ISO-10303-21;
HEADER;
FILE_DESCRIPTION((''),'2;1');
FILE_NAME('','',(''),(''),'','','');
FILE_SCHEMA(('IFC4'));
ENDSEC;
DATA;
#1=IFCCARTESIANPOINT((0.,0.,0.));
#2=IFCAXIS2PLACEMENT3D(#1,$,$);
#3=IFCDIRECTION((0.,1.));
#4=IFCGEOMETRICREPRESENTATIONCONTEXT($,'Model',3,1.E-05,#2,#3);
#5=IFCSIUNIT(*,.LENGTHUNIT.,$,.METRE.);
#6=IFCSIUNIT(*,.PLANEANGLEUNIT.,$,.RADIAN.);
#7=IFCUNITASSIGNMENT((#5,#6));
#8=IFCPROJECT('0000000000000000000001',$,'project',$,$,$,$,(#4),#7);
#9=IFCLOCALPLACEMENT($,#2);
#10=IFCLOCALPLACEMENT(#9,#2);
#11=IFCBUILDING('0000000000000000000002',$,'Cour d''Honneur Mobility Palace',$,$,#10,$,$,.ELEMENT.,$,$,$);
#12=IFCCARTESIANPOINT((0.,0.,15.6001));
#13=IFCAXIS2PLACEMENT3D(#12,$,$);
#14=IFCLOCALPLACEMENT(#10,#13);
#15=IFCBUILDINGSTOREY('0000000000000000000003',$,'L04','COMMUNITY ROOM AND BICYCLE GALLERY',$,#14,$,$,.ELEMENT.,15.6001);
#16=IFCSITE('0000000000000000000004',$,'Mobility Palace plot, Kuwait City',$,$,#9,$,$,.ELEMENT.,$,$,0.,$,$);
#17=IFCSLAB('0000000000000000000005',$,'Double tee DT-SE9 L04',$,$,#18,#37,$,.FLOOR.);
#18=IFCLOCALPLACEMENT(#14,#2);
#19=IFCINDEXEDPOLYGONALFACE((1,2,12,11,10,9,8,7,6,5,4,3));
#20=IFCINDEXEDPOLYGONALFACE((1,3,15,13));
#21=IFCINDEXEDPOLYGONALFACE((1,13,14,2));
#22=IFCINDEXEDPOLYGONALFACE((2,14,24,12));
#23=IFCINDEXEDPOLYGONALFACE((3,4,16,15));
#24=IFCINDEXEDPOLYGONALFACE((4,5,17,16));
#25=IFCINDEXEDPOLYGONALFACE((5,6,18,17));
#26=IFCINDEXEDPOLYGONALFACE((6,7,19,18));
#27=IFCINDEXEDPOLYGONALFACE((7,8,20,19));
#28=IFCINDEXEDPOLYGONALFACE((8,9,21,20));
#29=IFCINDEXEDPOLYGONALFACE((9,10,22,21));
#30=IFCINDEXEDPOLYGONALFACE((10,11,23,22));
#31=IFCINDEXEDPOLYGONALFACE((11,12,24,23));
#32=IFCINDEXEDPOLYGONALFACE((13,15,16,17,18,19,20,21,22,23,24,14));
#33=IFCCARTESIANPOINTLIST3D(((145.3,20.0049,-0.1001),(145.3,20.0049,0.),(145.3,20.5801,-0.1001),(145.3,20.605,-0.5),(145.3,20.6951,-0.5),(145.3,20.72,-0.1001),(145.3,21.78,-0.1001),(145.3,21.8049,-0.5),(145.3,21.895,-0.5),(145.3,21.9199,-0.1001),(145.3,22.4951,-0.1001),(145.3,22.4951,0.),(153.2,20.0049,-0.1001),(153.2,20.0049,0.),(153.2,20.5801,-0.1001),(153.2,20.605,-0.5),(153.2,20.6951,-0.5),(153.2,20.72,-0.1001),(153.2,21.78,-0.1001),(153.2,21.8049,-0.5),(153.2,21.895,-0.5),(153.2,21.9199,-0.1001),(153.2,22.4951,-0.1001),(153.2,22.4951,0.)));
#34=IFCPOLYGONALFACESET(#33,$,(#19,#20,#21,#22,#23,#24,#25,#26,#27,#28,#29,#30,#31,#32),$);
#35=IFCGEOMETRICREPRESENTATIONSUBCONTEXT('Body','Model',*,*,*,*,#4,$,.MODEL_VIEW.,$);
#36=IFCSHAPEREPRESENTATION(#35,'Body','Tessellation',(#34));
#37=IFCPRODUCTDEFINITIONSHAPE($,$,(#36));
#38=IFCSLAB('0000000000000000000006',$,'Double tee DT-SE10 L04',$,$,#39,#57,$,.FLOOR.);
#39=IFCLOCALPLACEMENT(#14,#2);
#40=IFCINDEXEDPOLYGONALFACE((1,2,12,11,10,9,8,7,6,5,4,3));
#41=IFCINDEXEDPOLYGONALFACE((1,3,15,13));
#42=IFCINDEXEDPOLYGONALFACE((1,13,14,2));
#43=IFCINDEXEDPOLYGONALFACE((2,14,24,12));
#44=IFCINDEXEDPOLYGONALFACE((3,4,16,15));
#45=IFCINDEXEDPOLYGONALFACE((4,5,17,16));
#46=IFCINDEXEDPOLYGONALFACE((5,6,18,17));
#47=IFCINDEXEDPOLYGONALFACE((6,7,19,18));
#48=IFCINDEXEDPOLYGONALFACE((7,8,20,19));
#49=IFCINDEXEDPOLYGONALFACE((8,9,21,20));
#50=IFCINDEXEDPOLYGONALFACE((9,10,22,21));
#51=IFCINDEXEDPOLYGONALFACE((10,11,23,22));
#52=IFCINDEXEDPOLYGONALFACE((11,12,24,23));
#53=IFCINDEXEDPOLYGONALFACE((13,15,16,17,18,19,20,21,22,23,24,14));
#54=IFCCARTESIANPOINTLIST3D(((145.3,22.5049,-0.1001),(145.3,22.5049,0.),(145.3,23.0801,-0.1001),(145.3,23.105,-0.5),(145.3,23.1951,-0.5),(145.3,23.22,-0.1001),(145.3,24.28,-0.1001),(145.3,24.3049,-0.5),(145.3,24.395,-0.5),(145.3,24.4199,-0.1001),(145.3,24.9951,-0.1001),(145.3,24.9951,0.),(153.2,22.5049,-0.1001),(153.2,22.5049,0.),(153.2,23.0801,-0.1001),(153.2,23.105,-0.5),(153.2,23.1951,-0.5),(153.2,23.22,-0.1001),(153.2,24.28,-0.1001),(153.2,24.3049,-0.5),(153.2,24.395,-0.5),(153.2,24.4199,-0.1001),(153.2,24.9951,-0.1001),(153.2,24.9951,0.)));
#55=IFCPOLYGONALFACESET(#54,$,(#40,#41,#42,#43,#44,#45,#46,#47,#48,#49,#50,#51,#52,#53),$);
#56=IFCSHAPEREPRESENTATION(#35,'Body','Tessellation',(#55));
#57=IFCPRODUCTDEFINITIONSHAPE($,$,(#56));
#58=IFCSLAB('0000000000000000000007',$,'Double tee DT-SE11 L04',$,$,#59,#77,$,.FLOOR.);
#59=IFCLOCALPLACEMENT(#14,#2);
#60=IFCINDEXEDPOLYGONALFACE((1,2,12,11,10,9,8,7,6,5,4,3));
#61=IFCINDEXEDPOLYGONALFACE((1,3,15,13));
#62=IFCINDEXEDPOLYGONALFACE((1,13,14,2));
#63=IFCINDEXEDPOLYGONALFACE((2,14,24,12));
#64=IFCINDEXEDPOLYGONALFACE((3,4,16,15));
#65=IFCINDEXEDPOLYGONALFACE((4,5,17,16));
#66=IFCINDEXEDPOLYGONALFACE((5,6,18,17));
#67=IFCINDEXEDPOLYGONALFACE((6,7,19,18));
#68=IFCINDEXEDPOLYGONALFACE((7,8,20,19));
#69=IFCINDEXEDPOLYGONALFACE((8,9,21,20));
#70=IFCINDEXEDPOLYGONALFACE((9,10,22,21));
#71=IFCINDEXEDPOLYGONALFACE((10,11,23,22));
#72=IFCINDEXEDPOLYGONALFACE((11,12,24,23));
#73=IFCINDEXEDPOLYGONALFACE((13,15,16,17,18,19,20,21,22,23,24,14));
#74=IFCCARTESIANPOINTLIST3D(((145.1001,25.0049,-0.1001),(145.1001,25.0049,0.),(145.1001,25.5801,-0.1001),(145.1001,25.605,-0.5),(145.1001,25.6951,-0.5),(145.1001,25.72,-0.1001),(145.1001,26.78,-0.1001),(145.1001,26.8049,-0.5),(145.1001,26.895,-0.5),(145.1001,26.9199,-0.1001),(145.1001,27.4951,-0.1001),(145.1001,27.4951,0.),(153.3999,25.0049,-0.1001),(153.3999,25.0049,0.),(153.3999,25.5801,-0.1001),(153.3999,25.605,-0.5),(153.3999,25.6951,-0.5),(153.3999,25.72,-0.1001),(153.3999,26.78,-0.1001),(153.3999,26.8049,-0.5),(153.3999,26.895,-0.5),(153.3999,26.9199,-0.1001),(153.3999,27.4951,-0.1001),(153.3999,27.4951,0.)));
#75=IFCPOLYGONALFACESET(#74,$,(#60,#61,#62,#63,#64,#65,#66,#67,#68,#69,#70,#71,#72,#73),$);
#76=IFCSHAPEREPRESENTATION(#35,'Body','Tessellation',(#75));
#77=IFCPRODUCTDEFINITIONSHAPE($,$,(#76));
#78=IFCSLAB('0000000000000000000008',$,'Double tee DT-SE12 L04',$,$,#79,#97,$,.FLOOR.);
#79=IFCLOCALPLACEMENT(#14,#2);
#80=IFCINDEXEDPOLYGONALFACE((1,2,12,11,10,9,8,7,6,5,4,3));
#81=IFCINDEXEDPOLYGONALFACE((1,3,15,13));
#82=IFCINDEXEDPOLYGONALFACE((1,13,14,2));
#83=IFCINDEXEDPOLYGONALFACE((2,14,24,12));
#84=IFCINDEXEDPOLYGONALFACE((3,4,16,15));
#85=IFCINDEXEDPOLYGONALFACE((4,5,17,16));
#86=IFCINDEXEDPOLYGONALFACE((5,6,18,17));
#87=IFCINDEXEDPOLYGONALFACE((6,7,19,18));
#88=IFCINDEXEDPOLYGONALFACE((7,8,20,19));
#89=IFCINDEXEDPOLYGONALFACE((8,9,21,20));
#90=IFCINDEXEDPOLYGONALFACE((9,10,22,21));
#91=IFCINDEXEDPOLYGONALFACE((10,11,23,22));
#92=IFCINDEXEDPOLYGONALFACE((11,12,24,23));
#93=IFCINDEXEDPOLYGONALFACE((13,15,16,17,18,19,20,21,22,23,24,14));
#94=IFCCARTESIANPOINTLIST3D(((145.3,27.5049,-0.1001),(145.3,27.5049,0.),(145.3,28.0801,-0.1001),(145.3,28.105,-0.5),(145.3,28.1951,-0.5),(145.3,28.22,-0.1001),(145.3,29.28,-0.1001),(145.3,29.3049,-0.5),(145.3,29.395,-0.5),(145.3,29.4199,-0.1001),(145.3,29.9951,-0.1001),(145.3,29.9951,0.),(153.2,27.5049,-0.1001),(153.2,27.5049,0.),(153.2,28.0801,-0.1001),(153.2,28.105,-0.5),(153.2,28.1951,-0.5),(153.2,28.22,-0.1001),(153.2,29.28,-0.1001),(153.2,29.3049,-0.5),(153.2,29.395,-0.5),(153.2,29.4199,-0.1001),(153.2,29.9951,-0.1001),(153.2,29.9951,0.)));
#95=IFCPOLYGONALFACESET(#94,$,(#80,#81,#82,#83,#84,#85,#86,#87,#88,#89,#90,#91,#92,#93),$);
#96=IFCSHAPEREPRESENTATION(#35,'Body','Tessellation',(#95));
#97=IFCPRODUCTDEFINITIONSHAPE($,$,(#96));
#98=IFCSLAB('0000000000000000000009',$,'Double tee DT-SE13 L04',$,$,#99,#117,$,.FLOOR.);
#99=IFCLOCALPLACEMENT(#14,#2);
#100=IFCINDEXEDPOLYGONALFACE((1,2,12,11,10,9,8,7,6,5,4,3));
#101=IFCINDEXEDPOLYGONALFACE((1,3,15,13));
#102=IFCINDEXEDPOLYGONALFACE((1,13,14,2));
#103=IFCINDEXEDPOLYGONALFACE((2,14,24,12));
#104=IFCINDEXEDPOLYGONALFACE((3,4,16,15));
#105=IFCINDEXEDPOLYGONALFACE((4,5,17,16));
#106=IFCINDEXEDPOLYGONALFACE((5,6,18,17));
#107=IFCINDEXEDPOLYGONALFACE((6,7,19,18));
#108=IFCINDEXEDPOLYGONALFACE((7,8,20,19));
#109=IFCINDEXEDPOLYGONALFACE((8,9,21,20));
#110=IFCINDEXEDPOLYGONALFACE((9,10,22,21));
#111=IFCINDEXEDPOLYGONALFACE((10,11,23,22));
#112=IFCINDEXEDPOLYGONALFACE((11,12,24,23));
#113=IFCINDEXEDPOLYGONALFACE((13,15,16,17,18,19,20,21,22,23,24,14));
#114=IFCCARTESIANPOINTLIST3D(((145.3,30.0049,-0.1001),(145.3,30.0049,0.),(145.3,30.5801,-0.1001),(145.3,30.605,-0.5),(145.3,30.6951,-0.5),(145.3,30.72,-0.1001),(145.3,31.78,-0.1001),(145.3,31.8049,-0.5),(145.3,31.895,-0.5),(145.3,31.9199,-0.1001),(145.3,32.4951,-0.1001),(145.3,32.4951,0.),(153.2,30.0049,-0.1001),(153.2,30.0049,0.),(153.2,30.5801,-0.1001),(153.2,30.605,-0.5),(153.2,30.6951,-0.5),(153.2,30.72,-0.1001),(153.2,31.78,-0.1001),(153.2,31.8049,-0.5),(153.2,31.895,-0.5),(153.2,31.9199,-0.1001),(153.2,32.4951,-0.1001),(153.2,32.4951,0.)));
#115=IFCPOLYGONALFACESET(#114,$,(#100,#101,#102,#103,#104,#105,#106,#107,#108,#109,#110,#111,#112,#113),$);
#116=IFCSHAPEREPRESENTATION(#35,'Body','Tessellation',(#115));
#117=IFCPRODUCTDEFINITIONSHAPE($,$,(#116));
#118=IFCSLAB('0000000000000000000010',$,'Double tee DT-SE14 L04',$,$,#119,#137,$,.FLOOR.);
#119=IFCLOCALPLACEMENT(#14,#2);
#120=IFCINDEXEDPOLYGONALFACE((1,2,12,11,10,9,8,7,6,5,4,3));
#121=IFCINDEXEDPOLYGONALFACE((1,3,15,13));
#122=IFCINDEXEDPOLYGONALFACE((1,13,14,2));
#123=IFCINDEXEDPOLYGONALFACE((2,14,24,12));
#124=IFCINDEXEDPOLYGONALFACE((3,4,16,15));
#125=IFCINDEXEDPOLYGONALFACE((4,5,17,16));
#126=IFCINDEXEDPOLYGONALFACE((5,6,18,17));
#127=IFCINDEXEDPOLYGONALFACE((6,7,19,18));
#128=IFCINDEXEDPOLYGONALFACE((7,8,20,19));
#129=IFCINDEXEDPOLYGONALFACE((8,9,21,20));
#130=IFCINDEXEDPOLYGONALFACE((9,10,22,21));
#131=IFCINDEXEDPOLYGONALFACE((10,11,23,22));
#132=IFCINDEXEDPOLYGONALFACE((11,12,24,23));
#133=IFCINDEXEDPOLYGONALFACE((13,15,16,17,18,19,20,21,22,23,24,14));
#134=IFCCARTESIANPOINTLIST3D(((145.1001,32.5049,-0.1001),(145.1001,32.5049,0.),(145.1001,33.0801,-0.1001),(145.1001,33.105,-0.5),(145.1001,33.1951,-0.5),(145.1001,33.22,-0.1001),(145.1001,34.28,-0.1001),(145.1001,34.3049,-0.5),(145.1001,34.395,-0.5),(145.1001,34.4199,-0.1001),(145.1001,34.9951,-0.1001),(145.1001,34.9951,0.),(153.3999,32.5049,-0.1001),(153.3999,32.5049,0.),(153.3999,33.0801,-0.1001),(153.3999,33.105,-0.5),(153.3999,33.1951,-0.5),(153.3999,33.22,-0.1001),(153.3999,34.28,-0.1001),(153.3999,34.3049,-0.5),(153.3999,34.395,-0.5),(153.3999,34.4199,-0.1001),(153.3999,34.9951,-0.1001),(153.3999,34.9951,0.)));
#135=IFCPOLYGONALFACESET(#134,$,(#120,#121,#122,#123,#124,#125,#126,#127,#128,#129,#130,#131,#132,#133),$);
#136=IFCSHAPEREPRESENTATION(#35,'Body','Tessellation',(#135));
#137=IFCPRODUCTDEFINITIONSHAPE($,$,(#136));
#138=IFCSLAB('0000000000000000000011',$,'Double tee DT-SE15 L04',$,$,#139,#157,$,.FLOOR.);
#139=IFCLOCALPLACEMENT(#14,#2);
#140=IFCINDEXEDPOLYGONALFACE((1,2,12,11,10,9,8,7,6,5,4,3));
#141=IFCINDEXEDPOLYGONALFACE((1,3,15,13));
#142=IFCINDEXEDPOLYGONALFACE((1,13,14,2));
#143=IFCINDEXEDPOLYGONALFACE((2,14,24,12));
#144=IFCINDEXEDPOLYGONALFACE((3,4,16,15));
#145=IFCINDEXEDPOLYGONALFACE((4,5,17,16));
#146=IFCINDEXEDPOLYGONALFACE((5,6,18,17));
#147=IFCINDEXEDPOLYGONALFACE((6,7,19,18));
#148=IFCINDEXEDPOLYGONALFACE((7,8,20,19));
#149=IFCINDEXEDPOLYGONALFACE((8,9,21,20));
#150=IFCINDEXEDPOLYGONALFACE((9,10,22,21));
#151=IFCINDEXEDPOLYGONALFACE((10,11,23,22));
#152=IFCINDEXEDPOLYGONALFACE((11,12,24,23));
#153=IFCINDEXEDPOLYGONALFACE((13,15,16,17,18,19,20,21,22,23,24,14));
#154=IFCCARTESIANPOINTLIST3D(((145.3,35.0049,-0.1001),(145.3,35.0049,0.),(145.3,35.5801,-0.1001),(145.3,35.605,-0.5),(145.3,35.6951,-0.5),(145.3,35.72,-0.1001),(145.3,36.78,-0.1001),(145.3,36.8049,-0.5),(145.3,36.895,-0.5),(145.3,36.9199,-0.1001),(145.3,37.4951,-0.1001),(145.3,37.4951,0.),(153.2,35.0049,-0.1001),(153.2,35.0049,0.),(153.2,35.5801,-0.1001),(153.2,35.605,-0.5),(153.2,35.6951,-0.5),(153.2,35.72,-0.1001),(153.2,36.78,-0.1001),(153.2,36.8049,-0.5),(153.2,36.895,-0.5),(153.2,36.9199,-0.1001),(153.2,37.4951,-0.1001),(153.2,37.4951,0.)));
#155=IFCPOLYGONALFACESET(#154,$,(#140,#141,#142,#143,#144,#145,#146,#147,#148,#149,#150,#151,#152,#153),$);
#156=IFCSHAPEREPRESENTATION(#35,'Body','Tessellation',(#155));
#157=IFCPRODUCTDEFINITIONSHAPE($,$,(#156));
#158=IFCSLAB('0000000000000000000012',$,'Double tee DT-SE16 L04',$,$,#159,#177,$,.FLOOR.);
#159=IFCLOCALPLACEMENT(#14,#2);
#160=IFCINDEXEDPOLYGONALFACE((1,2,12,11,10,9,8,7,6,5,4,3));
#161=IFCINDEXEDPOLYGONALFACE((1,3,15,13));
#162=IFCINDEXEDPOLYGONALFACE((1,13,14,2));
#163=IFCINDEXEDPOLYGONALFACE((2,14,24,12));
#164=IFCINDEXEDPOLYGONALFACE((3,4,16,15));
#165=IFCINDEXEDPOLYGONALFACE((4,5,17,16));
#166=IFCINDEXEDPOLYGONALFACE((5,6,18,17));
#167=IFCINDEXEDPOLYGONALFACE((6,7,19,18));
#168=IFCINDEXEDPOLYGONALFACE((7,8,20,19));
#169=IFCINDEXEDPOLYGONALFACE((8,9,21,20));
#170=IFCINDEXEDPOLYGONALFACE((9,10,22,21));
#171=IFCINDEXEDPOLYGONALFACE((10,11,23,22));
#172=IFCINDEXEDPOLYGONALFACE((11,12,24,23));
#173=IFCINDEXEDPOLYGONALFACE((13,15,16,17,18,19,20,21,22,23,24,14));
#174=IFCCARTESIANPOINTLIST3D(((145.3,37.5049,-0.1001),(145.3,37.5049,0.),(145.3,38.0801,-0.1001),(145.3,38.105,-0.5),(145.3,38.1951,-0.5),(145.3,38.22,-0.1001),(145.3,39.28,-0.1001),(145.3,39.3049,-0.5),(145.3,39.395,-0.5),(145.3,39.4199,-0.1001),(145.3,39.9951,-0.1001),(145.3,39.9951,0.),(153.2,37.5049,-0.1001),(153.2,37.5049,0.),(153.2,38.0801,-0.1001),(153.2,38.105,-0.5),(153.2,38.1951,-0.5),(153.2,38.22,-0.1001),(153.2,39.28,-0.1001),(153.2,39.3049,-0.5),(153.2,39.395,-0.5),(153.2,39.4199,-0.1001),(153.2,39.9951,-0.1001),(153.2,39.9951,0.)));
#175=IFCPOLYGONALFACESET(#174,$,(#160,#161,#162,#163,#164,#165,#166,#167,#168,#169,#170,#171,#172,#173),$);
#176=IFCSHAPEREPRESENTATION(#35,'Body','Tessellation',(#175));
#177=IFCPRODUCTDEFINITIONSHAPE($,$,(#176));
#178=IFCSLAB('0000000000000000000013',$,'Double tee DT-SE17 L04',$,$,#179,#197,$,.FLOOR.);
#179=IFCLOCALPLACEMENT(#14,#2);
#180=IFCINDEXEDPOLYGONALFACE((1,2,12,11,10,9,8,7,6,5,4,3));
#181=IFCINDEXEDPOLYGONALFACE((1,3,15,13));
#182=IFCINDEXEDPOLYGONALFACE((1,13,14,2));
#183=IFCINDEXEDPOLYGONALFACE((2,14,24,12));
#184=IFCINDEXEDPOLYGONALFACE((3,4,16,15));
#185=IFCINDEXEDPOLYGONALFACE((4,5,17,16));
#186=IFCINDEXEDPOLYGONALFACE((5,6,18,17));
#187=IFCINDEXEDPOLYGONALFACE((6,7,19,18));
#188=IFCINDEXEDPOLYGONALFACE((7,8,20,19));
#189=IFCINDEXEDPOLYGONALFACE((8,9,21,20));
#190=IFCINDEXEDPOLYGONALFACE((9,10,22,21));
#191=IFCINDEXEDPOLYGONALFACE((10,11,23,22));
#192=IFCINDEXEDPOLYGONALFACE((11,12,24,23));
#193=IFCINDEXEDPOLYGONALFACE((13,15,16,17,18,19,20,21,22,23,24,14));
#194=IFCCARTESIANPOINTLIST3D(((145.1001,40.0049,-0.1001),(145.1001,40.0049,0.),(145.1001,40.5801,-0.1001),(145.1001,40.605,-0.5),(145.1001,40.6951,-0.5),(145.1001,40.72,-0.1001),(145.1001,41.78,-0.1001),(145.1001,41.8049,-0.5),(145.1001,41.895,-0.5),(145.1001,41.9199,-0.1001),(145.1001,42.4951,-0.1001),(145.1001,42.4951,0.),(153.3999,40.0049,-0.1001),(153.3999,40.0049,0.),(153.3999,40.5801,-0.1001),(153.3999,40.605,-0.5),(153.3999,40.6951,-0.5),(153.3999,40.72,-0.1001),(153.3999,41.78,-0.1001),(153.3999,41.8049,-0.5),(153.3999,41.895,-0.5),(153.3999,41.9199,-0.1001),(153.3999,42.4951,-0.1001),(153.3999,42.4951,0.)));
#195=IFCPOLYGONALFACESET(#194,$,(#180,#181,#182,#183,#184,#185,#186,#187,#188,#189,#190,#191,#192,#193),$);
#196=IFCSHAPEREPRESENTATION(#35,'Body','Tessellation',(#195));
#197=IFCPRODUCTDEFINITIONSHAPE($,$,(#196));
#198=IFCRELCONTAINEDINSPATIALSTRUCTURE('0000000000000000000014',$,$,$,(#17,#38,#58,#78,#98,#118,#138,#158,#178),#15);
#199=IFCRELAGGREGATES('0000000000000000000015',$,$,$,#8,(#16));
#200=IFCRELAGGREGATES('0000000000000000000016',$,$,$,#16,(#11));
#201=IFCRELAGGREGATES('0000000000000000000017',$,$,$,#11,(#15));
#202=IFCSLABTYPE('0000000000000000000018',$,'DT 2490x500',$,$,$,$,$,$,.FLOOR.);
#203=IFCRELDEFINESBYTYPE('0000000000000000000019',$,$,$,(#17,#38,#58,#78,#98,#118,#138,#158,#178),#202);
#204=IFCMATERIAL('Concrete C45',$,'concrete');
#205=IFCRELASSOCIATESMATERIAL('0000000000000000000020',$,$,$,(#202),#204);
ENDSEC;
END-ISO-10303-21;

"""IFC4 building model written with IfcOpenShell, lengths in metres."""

from ifc_helpers import new_model, si_unit, direction, frame, origin, place, context, subcontext, project, spatial, polyline, outline, extrude, material, material_profile, profile_set, type_object, element, save


model = new_model("IFC4")

# Units and contexts
model_context = context("Model", 3, precision=1e-05, world=origin(), true_north=direction((0.0, 1.0)))
body_context = subcontext(model_context, "Body", "Model", "MODEL_VIEW")
ifc_project = project(units=[si_unit("LENGTHUNIT", "METRE"), si_unit("PLANEANGLEUNIT", "RADIAN")], contexts=[model_context])

# Site, building, storey
site_placement = place(None, origin())
site = spatial("IfcSite", under=ifc_project, at=site_placement, Name="Mobility Palace plot, Kuwait City", CompositionType="ELEMENT", RefElevation=0.0)
building_placement = place(site_placement, origin())
building = spatial("IfcBuilding", under=site, at=building_placement, Name="Cour d'Honneur Mobility Palace", CompositionType="ELEMENT")
storey_placement = place(building_placement, frame((0.0, 0.0, 15.6001)))
storey = spatial("IfcBuildingStorey", under=building, at=storey_placement, Name="L04", Description="COMMUNITY ROOM AND BICYCLE GALLERY", CompositionType="ELEMENT", Elevation=15.6001)

# Slabs
ifc_material_1 = material(Name="Concrete C45", Category="concrete")
ifc_material_profile_1 = material_profile(ifc_material_1, outline(polyline([(-1.2451, 0.0), (1.2451, 0.0), (1.2451, -0.1001), (0.6699, -0.1001), (0.645, -0.5), (0.5549, -0.5), (0.53, -0.1001), (-0.53, -0.1001), (-0.5549, -0.5), (-0.645, -0.5), (-0.6699, -0.1001), (-1.2451, -0.1001), (-1.2451, 0.0)])), Name="DT 2490x500")
ifc_profile_set_1 = profile_set([ifc_material_profile_1], Name="Concrete C45")
slab_type = type_object("IfcSlabType", Name="DT 2490x500", PredefinedType="FLOOR", material=ifc_profile_set_1)
for number, where, z_axis, x_axis, name in (
    (1, (145.3, 21.25, 0.0), (1.0, 0.0, 0.0), (0.0, 1.0, 0.0), "Double tee DT-SE9 L04"),
    (2, (145.3, 23.75, 0.0), (1.0, 0.0, 0.0), (0.0, 1.0, 0.0), "Double tee DT-SE10 L04"),
):
    element("IfcSlab", number, at=place(storey_placement, frame(where, z_axis=z_axis, x_axis=x_axis)), inside=storey, type_object=slab_type, Name=name, PredefinedType="FLOOR", context=body_context, shape_type="SweptSolid", body=[
        extrude(outline(polyline([(-1.2451, 0.0), (1.2451, 0.0), (1.2451, -0.1001), (0.6699, -0.1001), (0.645, -0.5), (0.5549, -0.5), (0.53, -0.1001), (-0.53, -0.1001), (-0.5549, -0.5), (-0.645, -0.5), (-0.6699, -0.1001), (-1.2451, -0.1001), (-1.2451, 0.0)])), origin(), (0.0, 0.0, 1.0), 7.8999),
    ])
slab_1_placement = place(storey_placement, frame((145.1001, 26.25, 0.0), z_axis=(1.0, 0.0, 0.0), x_axis=(0.0, 1.0, 0.0)))
element("IfcSlab", 3, at=slab_1_placement, inside=storey, type_object=slab_type, Name="Double tee DT-SE11 L04", PredefinedType="FLOOR", context=body_context, shape_type="SweptSolid", body=[
    extrude(outline(polyline([(-1.2451, 0.0), (1.2451, 0.0), (1.2451, -0.1001), (0.6699, -0.1001), (0.645, -0.5), (0.5549, -0.5), (0.53, -0.1001), (-0.53, -0.1001), (-0.5549, -0.5), (-0.645, -0.5), (-0.6699, -0.1001), (-1.2451, -0.1001), (-1.2451, 0.0)])), origin(), (0.0, 0.0, 1.0), 8.2998),
])
for number, where, z_axis, x_axis, name in (
    (4, (145.3, 28.75, 0.0), (1.0, 0.0, 0.0), (0.0, 1.0, 0.0), "Double tee DT-SE12 L04"),
    (5, (145.3, 31.25, 0.0), (1.0, 0.0, 0.0), (0.0, 1.0, 0.0), "Double tee DT-SE13 L04"),
):
    element("IfcSlab", number, at=place(storey_placement, frame(where, z_axis=z_axis, x_axis=x_axis)), inside=storey, type_object=slab_type, Name=name, PredefinedType="FLOOR", context=body_context, shape_type="SweptSolid", body=[
        extrude(outline(polyline([(-1.2451, 0.0), (1.2451, 0.0), (1.2451, -0.1001), (0.6699, -0.1001), (0.645, -0.5), (0.5549, -0.5), (0.53, -0.1001), (-0.53, -0.1001), (-0.5549, -0.5), (-0.645, -0.5), (-0.6699, -0.1001), (-1.2451, -0.1001), (-1.2451, 0.0)])), origin(), (0.0, 0.0, 1.0), 7.8999),
    ])
slab_2_placement = place(storey_placement, frame((145.1001, 33.75, 0.0), z_axis=(1.0, 0.0, 0.0), x_axis=(0.0, 1.0, 0.0)))
element("IfcSlab", 6, at=slab_2_placement, inside=storey, type_object=slab_type, Name="Double tee DT-SE14 L04", PredefinedType="FLOOR", context=body_context, shape_type="SweptSolid", body=[
    extrude(outline(polyline([(-1.2451, 0.0), (1.2451, 0.0), (1.2451, -0.1001), (0.6699, -0.1001), (0.645, -0.5), (0.5549, -0.5), (0.53, -0.1001), (-0.53, -0.1001), (-0.5549, -0.5), (-0.645, -0.5), (-0.6699, -0.1001), (-1.2451, -0.1001), (-1.2451, 0.0)])), origin(), (0.0, 0.0, 1.0), 8.2998),
])
for number, where, z_axis, x_axis, name in (
    (7, (145.3, 36.25, 0.0), (1.0, 0.0, 0.0), (0.0, 1.0, 0.0), "Double tee DT-SE15 L04"),
    (8, (145.3, 38.75, 0.0), (1.0, 0.0, 0.0), (0.0, 1.0, 0.0), "Double tee DT-SE16 L04"),
):
    element("IfcSlab", number, at=place(storey_placement, frame(where, z_axis=z_axis, x_axis=x_axis)), inside=storey, type_object=slab_type, Name=name, PredefinedType="FLOOR", context=body_context, shape_type="SweptSolid", body=[
        extrude(outline(polyline([(-1.2451, 0.0), (1.2451, 0.0), (1.2451, -0.1001), (0.6699, -0.1001), (0.645, -0.5), (0.5549, -0.5), (0.53, -0.1001), (-0.53, -0.1001), (-0.5549, -0.5), (-0.645, -0.5), (-0.6699, -0.1001), (-1.2451, -0.1001), (-1.2451, 0.0)])), origin(), (0.0, 0.0, 1.0), 7.8999),
    ])
slab_3_placement = place(storey_placement, frame((145.1001, 41.25, 0.0), z_axis=(1.0, 0.0, 0.0), x_axis=(0.0, 1.0, 0.0)))
element("IfcSlab", 9, at=slab_3_placement, inside=storey, type_object=slab_type, Name="Double tee DT-SE17 L04", PredefinedType="FLOOR", context=body_context, shape_type="SweptSolid", body=[
    extrude(outline(polyline([(-1.2451, 0.0), (1.2451, 0.0), (1.2451, -0.1001), (0.6699, -0.1001), (0.645, -0.5), (0.5549, -0.5), (0.53, -0.1001), (-0.53, -0.1001), (-0.5549, -0.5), (-0.645, -0.5), (-0.6699, -0.1001), (-1.2451, -0.1001), (-1.2451, 0.0)])), origin(), (0.0, 0.0, 1.0), 8.2998),
])

save(model, "model.ifc")
